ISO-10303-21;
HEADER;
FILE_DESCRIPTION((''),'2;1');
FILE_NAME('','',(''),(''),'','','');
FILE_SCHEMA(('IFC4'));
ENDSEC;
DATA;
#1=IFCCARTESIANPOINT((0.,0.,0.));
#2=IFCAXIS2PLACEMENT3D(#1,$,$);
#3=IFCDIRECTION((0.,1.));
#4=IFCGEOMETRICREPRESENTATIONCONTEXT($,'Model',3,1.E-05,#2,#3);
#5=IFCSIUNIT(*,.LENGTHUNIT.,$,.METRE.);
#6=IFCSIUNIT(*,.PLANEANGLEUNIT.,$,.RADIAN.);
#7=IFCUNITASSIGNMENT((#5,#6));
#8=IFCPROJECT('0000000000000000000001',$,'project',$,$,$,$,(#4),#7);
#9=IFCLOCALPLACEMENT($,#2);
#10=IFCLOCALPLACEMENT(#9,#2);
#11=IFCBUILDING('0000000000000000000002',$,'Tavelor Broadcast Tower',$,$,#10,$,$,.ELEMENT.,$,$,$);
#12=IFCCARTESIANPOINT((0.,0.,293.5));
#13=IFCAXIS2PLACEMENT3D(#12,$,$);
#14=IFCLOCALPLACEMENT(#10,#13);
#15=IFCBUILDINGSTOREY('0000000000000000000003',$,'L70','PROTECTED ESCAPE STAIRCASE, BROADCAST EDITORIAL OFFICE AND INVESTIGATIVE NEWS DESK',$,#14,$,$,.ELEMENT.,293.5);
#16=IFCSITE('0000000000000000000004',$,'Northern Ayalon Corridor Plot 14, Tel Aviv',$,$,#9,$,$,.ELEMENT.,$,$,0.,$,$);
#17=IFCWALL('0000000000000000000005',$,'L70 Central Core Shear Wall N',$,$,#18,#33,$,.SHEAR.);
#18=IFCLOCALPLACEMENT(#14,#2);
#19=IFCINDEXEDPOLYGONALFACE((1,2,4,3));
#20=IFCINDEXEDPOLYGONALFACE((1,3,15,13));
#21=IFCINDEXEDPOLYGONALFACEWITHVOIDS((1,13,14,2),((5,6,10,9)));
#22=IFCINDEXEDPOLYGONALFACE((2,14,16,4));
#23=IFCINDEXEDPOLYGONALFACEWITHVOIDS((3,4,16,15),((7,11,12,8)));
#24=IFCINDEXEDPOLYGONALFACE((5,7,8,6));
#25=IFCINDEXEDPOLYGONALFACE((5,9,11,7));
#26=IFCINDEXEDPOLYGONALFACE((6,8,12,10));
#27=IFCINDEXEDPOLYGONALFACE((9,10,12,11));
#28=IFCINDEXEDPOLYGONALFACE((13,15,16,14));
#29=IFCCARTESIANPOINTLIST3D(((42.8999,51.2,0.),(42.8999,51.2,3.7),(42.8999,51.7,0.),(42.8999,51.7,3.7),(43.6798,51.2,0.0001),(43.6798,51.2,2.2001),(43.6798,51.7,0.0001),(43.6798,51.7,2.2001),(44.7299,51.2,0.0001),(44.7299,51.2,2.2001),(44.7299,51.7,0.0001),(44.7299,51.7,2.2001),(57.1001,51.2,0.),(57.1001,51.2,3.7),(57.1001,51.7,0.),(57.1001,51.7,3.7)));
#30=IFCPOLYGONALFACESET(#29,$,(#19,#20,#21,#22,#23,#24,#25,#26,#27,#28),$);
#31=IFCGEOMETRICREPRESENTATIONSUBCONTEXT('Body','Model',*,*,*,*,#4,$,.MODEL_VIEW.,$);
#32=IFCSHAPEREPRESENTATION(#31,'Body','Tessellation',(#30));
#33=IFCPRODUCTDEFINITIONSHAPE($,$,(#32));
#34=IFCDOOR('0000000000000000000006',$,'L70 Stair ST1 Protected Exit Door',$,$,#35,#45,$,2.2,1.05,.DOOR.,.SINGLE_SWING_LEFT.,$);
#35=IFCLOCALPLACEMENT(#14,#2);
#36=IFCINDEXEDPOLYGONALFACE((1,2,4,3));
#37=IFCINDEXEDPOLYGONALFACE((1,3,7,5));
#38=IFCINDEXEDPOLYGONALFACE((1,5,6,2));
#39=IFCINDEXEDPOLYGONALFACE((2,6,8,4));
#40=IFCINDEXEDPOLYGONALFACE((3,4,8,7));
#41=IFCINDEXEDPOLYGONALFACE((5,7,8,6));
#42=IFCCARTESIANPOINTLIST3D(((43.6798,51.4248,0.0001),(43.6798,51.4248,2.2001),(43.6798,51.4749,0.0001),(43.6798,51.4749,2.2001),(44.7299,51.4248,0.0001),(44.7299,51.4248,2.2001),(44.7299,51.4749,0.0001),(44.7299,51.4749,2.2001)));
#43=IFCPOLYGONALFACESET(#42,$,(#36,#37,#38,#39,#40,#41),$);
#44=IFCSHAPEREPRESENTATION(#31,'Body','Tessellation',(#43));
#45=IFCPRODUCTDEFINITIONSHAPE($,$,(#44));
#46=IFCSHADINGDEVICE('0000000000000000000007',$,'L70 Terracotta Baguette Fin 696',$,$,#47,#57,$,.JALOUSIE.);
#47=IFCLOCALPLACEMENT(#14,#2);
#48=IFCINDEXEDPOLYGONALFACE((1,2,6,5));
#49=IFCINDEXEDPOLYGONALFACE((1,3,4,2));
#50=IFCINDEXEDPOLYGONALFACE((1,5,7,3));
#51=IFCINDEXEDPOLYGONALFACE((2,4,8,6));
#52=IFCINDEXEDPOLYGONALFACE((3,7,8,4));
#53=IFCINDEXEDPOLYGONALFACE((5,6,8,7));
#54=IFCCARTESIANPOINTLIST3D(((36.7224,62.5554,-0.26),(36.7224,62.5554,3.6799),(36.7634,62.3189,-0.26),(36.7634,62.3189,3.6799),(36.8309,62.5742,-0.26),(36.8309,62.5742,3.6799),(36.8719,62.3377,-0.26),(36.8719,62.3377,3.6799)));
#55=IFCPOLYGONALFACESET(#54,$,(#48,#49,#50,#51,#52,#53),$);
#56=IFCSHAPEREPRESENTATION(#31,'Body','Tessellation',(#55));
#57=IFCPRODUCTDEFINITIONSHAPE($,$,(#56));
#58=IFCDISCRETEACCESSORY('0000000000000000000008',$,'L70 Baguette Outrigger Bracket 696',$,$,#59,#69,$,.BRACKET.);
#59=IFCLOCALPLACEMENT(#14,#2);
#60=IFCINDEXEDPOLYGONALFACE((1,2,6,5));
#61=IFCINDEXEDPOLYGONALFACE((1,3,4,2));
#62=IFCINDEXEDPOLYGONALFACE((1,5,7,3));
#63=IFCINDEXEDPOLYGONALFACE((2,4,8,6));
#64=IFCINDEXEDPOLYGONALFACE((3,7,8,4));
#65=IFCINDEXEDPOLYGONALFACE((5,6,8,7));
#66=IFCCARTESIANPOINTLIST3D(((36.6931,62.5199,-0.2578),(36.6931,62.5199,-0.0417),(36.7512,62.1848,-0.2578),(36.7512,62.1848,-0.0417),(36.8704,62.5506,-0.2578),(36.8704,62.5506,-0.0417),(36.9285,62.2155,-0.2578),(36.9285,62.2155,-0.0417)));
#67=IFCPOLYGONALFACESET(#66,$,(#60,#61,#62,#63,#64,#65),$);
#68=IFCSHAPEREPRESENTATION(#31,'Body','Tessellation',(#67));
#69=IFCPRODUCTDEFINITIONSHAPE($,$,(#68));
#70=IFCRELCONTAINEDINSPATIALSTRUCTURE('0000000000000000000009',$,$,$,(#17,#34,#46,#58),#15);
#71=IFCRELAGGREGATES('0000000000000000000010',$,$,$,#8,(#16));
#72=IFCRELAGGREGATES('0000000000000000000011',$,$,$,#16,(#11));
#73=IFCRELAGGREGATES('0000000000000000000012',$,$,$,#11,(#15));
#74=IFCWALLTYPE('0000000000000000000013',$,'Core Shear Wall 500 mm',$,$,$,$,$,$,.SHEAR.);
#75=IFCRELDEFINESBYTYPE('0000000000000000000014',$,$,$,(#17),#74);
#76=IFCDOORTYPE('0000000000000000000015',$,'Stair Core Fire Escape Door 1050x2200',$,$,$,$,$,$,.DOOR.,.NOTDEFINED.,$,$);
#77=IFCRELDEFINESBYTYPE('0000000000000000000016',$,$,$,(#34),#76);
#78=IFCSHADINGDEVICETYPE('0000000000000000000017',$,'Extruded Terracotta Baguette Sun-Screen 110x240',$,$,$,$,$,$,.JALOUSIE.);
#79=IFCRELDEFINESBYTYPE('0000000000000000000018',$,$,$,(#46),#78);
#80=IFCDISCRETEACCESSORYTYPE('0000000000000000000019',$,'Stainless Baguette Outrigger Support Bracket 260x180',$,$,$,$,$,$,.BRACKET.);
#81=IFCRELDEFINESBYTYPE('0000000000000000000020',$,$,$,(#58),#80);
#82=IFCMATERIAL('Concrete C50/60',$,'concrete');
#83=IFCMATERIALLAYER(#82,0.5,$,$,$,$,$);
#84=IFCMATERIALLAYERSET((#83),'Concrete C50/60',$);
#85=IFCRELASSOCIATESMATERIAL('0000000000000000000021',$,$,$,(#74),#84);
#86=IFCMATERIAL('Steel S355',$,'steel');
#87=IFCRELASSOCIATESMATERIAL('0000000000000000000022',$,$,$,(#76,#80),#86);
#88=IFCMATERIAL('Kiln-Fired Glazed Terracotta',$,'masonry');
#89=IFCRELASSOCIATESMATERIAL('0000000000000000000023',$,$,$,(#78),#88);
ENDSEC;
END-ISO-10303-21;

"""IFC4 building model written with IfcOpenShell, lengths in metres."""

from ifc_helpers import new_model, si_unit, direction, frame, frame_2d, origin, origin_2d, place, context, subcontext, project, spatial, rectangle, extrude, source, transform, mapped, material, layer, layer_set, type_object, type_shapes, element, fill, save


model = new_model("IFC4")

# Units and contexts
model_context = context("Model", 3, precision=1e-05, world=origin(), true_north=direction((0.0, 1.0)))
body_context = subcontext(model_context, "Body", "Model", "MODEL_VIEW")
ifc_project = project(units=[si_unit("LENGTHUNIT", "METRE"), si_unit("PLANEANGLEUNIT", "RADIAN")], contexts=[model_context])

# Site, building, storey
site_placement = place(None, origin())
site = spatial("IfcSite", under=ifc_project, at=site_placement, Name="Northern Ayalon Corridor Plot 14, Tel Aviv", CompositionType="ELEMENT", RefElevation=0.0)
building_placement = place(site_placement, origin())
building = spatial("IfcBuilding", under=site, at=building_placement, Name="Tavelor Broadcast Tower", CompositionType="ELEMENT")
storey_placement = place(building_placement, frame((0.0, 0.0, 293.5)))
storey = spatial("IfcBuildingStorey", under=building, at=storey_placement, Name="L70", Description="PROTECTED ESCAPE STAIRCASE, BROADCAST EDITORIAL OFFICE AND INVESTIGATIVE NEWS DESK", CompositionType="ELEMENT", Elevation=293.5)

# Shared definitions
ifc_material_1 = material(Name="Steel S355", Category="steel")

# Wall, opening, door
ifc_material_2 = material(Name="Concrete C50/60", Category="concrete")
ifc_layer_1 = layer(ifc_material_2, 0.5)
ifc_layer_set_1 = layer_set([ifc_layer_1], Name="Concrete C50/60")
wall_type = type_object("IfcWallType", Name="Core Shear Wall 500 mm", PredefinedType="SHEAR", material=ifc_layer_set_1)
wall_placement = place(storey_placement, frame((42.8999, 51.45, 0.0), z_axis=(0.0, 0.0, 1.0), x_axis=(1.0, 0.0, 0.0)))
wall = element("IfcWall", 1, at=wall_placement, inside=storey, type_object=wall_type, Name="L70 Central Core Shear Wall N", PredefinedType="SHEAR", context=body_context, shape_type="SweptSolid", body=[
    extrude(rectangle(XDim=14.2002, YDim=0.5, at=frame_2d((7.1001, 0.0))), origin(), (0.0, 0.0, 1.0), 3.7),
])
opening_placement = place(wall_placement, frame((0.78, 0.0, 0.0)))
opening = element("IfcOpeningElement", 2, at=opening_placement, cuts=wall, PredefinedType="OPENING", context=body_context, shape_type="SweptSolid", body=[
    extrude(rectangle(XDim=1.05, YDim=2.2, at=frame_2d((0.5249, 1.1001))), frame((0.0, 0.26, 0.0), z_axis=(0.0, -1.0, 0.0), x_axis=(1.0, 0.0, 0.0)), (0.0, 0.0, 1.0), 0.52),
])
door_type = type_object("IfcDoorType", Name="Stair Core Fire Escape Door 1050x2200", OperationType="NOTDEFINED", PredefinedType="DOOR", material=ifc_material_1)
door_placement = place(opening_placement, origin())
door = element("IfcDoor", 3, at=door_placement, inside=storey, type_object=door_type, Name="L70 Stair ST1 Protected Exit Door", OperationType="SINGLE_SWING_LEFT", OverallHeight=2.2, OverallWidth=1.05, PredefinedType="DOOR", context=body_context, shape_type="SweptSolid", body=[
    extrude(rectangle(XDim=1.05, YDim=2.2, at=frame_2d((0.5249, 1.1001))), frame((0.0, 0.0249, 0.0), z_axis=(0.0, -1.0, 0.0), x_axis=(1.0, 0.0, 0.0)), (0.0, 0.0, 1.0), 0.05),
])
fill(opening, door)

# Shading device
ifc_material_3 = material(Name="Kiln-Fired Glazed Terracotta", Category="masonry")
shading_device_type = type_object("IfcShadingDeviceType", Name="Extruded Terracotta Baguette Sun-Screen 110x240", PredefinedType="JALOUSIE", material=ifc_material_3)
shared_shape_1 = source(origin(), body_context, "Body", "SweptSolid", [
    extrude(rectangle(XDim=0.1101, YDim=0.24, at=origin_2d()), origin(), (0.0, 0.0, 1.0), 3.9399),
])
type_shapes(shading_device_type, [shared_shape_1])
shading_device_placement = place(storey_placement, frame((36.7971, 62.4465, -0.26), z_axis=(0.0, 0.0, 1.0), x_axis=(-0.985319, -0.170725, 0.0)))
element("IfcShadingDevice", 4, at=shading_device_placement, inside=storey, type_object=shading_device_type, Name="L70 Terracotta Baguette Fin 696", PredefinedType="JALOUSIE", context=body_context, shape_type="MappedRepresentation", body=[
    mapped(shared_shape_1, transform((0.0, 0.0, 0.0), scale=1.0)),
])

# Discrete accessory
discrete_accessory_type = type_object("IfcDiscreteAccessoryType", Name="Stainless Baguette Outrigger Support Bracket 260x180", PredefinedType="BRACKET", material=ifc_material_1)
shared_shape_2 = source(origin(), body_context, "Body", "SweptSolid", [
    extrude(rectangle(XDim=0.1799, YDim=0.3401, at=origin_2d()), origin(), (0.0, 0.0, 1.0), 0.2161),
])
type_shapes(discrete_accessory_type, [shared_shape_2])
discrete_accessory_placement = place(storey_placement, frame((36.8108, 62.3677, -0.2578), z_axis=(0.0, 0.0, 1.0), x_axis=(-0.985319, -0.170725, 0.0)))
element("IfcDiscreteAccessory", 5, at=discrete_accessory_placement, inside=storey, type_object=discrete_accessory_type, Name="L70 Baguette Outrigger Bracket 696", PredefinedType="BRACKET", context=body_context, shape_type="MappedRepresentation", body=[
    mapped(shared_shape_2, transform((0.0, 0.0, 0.0), scale=1.0)),
])

save(model, "model.ifc")
